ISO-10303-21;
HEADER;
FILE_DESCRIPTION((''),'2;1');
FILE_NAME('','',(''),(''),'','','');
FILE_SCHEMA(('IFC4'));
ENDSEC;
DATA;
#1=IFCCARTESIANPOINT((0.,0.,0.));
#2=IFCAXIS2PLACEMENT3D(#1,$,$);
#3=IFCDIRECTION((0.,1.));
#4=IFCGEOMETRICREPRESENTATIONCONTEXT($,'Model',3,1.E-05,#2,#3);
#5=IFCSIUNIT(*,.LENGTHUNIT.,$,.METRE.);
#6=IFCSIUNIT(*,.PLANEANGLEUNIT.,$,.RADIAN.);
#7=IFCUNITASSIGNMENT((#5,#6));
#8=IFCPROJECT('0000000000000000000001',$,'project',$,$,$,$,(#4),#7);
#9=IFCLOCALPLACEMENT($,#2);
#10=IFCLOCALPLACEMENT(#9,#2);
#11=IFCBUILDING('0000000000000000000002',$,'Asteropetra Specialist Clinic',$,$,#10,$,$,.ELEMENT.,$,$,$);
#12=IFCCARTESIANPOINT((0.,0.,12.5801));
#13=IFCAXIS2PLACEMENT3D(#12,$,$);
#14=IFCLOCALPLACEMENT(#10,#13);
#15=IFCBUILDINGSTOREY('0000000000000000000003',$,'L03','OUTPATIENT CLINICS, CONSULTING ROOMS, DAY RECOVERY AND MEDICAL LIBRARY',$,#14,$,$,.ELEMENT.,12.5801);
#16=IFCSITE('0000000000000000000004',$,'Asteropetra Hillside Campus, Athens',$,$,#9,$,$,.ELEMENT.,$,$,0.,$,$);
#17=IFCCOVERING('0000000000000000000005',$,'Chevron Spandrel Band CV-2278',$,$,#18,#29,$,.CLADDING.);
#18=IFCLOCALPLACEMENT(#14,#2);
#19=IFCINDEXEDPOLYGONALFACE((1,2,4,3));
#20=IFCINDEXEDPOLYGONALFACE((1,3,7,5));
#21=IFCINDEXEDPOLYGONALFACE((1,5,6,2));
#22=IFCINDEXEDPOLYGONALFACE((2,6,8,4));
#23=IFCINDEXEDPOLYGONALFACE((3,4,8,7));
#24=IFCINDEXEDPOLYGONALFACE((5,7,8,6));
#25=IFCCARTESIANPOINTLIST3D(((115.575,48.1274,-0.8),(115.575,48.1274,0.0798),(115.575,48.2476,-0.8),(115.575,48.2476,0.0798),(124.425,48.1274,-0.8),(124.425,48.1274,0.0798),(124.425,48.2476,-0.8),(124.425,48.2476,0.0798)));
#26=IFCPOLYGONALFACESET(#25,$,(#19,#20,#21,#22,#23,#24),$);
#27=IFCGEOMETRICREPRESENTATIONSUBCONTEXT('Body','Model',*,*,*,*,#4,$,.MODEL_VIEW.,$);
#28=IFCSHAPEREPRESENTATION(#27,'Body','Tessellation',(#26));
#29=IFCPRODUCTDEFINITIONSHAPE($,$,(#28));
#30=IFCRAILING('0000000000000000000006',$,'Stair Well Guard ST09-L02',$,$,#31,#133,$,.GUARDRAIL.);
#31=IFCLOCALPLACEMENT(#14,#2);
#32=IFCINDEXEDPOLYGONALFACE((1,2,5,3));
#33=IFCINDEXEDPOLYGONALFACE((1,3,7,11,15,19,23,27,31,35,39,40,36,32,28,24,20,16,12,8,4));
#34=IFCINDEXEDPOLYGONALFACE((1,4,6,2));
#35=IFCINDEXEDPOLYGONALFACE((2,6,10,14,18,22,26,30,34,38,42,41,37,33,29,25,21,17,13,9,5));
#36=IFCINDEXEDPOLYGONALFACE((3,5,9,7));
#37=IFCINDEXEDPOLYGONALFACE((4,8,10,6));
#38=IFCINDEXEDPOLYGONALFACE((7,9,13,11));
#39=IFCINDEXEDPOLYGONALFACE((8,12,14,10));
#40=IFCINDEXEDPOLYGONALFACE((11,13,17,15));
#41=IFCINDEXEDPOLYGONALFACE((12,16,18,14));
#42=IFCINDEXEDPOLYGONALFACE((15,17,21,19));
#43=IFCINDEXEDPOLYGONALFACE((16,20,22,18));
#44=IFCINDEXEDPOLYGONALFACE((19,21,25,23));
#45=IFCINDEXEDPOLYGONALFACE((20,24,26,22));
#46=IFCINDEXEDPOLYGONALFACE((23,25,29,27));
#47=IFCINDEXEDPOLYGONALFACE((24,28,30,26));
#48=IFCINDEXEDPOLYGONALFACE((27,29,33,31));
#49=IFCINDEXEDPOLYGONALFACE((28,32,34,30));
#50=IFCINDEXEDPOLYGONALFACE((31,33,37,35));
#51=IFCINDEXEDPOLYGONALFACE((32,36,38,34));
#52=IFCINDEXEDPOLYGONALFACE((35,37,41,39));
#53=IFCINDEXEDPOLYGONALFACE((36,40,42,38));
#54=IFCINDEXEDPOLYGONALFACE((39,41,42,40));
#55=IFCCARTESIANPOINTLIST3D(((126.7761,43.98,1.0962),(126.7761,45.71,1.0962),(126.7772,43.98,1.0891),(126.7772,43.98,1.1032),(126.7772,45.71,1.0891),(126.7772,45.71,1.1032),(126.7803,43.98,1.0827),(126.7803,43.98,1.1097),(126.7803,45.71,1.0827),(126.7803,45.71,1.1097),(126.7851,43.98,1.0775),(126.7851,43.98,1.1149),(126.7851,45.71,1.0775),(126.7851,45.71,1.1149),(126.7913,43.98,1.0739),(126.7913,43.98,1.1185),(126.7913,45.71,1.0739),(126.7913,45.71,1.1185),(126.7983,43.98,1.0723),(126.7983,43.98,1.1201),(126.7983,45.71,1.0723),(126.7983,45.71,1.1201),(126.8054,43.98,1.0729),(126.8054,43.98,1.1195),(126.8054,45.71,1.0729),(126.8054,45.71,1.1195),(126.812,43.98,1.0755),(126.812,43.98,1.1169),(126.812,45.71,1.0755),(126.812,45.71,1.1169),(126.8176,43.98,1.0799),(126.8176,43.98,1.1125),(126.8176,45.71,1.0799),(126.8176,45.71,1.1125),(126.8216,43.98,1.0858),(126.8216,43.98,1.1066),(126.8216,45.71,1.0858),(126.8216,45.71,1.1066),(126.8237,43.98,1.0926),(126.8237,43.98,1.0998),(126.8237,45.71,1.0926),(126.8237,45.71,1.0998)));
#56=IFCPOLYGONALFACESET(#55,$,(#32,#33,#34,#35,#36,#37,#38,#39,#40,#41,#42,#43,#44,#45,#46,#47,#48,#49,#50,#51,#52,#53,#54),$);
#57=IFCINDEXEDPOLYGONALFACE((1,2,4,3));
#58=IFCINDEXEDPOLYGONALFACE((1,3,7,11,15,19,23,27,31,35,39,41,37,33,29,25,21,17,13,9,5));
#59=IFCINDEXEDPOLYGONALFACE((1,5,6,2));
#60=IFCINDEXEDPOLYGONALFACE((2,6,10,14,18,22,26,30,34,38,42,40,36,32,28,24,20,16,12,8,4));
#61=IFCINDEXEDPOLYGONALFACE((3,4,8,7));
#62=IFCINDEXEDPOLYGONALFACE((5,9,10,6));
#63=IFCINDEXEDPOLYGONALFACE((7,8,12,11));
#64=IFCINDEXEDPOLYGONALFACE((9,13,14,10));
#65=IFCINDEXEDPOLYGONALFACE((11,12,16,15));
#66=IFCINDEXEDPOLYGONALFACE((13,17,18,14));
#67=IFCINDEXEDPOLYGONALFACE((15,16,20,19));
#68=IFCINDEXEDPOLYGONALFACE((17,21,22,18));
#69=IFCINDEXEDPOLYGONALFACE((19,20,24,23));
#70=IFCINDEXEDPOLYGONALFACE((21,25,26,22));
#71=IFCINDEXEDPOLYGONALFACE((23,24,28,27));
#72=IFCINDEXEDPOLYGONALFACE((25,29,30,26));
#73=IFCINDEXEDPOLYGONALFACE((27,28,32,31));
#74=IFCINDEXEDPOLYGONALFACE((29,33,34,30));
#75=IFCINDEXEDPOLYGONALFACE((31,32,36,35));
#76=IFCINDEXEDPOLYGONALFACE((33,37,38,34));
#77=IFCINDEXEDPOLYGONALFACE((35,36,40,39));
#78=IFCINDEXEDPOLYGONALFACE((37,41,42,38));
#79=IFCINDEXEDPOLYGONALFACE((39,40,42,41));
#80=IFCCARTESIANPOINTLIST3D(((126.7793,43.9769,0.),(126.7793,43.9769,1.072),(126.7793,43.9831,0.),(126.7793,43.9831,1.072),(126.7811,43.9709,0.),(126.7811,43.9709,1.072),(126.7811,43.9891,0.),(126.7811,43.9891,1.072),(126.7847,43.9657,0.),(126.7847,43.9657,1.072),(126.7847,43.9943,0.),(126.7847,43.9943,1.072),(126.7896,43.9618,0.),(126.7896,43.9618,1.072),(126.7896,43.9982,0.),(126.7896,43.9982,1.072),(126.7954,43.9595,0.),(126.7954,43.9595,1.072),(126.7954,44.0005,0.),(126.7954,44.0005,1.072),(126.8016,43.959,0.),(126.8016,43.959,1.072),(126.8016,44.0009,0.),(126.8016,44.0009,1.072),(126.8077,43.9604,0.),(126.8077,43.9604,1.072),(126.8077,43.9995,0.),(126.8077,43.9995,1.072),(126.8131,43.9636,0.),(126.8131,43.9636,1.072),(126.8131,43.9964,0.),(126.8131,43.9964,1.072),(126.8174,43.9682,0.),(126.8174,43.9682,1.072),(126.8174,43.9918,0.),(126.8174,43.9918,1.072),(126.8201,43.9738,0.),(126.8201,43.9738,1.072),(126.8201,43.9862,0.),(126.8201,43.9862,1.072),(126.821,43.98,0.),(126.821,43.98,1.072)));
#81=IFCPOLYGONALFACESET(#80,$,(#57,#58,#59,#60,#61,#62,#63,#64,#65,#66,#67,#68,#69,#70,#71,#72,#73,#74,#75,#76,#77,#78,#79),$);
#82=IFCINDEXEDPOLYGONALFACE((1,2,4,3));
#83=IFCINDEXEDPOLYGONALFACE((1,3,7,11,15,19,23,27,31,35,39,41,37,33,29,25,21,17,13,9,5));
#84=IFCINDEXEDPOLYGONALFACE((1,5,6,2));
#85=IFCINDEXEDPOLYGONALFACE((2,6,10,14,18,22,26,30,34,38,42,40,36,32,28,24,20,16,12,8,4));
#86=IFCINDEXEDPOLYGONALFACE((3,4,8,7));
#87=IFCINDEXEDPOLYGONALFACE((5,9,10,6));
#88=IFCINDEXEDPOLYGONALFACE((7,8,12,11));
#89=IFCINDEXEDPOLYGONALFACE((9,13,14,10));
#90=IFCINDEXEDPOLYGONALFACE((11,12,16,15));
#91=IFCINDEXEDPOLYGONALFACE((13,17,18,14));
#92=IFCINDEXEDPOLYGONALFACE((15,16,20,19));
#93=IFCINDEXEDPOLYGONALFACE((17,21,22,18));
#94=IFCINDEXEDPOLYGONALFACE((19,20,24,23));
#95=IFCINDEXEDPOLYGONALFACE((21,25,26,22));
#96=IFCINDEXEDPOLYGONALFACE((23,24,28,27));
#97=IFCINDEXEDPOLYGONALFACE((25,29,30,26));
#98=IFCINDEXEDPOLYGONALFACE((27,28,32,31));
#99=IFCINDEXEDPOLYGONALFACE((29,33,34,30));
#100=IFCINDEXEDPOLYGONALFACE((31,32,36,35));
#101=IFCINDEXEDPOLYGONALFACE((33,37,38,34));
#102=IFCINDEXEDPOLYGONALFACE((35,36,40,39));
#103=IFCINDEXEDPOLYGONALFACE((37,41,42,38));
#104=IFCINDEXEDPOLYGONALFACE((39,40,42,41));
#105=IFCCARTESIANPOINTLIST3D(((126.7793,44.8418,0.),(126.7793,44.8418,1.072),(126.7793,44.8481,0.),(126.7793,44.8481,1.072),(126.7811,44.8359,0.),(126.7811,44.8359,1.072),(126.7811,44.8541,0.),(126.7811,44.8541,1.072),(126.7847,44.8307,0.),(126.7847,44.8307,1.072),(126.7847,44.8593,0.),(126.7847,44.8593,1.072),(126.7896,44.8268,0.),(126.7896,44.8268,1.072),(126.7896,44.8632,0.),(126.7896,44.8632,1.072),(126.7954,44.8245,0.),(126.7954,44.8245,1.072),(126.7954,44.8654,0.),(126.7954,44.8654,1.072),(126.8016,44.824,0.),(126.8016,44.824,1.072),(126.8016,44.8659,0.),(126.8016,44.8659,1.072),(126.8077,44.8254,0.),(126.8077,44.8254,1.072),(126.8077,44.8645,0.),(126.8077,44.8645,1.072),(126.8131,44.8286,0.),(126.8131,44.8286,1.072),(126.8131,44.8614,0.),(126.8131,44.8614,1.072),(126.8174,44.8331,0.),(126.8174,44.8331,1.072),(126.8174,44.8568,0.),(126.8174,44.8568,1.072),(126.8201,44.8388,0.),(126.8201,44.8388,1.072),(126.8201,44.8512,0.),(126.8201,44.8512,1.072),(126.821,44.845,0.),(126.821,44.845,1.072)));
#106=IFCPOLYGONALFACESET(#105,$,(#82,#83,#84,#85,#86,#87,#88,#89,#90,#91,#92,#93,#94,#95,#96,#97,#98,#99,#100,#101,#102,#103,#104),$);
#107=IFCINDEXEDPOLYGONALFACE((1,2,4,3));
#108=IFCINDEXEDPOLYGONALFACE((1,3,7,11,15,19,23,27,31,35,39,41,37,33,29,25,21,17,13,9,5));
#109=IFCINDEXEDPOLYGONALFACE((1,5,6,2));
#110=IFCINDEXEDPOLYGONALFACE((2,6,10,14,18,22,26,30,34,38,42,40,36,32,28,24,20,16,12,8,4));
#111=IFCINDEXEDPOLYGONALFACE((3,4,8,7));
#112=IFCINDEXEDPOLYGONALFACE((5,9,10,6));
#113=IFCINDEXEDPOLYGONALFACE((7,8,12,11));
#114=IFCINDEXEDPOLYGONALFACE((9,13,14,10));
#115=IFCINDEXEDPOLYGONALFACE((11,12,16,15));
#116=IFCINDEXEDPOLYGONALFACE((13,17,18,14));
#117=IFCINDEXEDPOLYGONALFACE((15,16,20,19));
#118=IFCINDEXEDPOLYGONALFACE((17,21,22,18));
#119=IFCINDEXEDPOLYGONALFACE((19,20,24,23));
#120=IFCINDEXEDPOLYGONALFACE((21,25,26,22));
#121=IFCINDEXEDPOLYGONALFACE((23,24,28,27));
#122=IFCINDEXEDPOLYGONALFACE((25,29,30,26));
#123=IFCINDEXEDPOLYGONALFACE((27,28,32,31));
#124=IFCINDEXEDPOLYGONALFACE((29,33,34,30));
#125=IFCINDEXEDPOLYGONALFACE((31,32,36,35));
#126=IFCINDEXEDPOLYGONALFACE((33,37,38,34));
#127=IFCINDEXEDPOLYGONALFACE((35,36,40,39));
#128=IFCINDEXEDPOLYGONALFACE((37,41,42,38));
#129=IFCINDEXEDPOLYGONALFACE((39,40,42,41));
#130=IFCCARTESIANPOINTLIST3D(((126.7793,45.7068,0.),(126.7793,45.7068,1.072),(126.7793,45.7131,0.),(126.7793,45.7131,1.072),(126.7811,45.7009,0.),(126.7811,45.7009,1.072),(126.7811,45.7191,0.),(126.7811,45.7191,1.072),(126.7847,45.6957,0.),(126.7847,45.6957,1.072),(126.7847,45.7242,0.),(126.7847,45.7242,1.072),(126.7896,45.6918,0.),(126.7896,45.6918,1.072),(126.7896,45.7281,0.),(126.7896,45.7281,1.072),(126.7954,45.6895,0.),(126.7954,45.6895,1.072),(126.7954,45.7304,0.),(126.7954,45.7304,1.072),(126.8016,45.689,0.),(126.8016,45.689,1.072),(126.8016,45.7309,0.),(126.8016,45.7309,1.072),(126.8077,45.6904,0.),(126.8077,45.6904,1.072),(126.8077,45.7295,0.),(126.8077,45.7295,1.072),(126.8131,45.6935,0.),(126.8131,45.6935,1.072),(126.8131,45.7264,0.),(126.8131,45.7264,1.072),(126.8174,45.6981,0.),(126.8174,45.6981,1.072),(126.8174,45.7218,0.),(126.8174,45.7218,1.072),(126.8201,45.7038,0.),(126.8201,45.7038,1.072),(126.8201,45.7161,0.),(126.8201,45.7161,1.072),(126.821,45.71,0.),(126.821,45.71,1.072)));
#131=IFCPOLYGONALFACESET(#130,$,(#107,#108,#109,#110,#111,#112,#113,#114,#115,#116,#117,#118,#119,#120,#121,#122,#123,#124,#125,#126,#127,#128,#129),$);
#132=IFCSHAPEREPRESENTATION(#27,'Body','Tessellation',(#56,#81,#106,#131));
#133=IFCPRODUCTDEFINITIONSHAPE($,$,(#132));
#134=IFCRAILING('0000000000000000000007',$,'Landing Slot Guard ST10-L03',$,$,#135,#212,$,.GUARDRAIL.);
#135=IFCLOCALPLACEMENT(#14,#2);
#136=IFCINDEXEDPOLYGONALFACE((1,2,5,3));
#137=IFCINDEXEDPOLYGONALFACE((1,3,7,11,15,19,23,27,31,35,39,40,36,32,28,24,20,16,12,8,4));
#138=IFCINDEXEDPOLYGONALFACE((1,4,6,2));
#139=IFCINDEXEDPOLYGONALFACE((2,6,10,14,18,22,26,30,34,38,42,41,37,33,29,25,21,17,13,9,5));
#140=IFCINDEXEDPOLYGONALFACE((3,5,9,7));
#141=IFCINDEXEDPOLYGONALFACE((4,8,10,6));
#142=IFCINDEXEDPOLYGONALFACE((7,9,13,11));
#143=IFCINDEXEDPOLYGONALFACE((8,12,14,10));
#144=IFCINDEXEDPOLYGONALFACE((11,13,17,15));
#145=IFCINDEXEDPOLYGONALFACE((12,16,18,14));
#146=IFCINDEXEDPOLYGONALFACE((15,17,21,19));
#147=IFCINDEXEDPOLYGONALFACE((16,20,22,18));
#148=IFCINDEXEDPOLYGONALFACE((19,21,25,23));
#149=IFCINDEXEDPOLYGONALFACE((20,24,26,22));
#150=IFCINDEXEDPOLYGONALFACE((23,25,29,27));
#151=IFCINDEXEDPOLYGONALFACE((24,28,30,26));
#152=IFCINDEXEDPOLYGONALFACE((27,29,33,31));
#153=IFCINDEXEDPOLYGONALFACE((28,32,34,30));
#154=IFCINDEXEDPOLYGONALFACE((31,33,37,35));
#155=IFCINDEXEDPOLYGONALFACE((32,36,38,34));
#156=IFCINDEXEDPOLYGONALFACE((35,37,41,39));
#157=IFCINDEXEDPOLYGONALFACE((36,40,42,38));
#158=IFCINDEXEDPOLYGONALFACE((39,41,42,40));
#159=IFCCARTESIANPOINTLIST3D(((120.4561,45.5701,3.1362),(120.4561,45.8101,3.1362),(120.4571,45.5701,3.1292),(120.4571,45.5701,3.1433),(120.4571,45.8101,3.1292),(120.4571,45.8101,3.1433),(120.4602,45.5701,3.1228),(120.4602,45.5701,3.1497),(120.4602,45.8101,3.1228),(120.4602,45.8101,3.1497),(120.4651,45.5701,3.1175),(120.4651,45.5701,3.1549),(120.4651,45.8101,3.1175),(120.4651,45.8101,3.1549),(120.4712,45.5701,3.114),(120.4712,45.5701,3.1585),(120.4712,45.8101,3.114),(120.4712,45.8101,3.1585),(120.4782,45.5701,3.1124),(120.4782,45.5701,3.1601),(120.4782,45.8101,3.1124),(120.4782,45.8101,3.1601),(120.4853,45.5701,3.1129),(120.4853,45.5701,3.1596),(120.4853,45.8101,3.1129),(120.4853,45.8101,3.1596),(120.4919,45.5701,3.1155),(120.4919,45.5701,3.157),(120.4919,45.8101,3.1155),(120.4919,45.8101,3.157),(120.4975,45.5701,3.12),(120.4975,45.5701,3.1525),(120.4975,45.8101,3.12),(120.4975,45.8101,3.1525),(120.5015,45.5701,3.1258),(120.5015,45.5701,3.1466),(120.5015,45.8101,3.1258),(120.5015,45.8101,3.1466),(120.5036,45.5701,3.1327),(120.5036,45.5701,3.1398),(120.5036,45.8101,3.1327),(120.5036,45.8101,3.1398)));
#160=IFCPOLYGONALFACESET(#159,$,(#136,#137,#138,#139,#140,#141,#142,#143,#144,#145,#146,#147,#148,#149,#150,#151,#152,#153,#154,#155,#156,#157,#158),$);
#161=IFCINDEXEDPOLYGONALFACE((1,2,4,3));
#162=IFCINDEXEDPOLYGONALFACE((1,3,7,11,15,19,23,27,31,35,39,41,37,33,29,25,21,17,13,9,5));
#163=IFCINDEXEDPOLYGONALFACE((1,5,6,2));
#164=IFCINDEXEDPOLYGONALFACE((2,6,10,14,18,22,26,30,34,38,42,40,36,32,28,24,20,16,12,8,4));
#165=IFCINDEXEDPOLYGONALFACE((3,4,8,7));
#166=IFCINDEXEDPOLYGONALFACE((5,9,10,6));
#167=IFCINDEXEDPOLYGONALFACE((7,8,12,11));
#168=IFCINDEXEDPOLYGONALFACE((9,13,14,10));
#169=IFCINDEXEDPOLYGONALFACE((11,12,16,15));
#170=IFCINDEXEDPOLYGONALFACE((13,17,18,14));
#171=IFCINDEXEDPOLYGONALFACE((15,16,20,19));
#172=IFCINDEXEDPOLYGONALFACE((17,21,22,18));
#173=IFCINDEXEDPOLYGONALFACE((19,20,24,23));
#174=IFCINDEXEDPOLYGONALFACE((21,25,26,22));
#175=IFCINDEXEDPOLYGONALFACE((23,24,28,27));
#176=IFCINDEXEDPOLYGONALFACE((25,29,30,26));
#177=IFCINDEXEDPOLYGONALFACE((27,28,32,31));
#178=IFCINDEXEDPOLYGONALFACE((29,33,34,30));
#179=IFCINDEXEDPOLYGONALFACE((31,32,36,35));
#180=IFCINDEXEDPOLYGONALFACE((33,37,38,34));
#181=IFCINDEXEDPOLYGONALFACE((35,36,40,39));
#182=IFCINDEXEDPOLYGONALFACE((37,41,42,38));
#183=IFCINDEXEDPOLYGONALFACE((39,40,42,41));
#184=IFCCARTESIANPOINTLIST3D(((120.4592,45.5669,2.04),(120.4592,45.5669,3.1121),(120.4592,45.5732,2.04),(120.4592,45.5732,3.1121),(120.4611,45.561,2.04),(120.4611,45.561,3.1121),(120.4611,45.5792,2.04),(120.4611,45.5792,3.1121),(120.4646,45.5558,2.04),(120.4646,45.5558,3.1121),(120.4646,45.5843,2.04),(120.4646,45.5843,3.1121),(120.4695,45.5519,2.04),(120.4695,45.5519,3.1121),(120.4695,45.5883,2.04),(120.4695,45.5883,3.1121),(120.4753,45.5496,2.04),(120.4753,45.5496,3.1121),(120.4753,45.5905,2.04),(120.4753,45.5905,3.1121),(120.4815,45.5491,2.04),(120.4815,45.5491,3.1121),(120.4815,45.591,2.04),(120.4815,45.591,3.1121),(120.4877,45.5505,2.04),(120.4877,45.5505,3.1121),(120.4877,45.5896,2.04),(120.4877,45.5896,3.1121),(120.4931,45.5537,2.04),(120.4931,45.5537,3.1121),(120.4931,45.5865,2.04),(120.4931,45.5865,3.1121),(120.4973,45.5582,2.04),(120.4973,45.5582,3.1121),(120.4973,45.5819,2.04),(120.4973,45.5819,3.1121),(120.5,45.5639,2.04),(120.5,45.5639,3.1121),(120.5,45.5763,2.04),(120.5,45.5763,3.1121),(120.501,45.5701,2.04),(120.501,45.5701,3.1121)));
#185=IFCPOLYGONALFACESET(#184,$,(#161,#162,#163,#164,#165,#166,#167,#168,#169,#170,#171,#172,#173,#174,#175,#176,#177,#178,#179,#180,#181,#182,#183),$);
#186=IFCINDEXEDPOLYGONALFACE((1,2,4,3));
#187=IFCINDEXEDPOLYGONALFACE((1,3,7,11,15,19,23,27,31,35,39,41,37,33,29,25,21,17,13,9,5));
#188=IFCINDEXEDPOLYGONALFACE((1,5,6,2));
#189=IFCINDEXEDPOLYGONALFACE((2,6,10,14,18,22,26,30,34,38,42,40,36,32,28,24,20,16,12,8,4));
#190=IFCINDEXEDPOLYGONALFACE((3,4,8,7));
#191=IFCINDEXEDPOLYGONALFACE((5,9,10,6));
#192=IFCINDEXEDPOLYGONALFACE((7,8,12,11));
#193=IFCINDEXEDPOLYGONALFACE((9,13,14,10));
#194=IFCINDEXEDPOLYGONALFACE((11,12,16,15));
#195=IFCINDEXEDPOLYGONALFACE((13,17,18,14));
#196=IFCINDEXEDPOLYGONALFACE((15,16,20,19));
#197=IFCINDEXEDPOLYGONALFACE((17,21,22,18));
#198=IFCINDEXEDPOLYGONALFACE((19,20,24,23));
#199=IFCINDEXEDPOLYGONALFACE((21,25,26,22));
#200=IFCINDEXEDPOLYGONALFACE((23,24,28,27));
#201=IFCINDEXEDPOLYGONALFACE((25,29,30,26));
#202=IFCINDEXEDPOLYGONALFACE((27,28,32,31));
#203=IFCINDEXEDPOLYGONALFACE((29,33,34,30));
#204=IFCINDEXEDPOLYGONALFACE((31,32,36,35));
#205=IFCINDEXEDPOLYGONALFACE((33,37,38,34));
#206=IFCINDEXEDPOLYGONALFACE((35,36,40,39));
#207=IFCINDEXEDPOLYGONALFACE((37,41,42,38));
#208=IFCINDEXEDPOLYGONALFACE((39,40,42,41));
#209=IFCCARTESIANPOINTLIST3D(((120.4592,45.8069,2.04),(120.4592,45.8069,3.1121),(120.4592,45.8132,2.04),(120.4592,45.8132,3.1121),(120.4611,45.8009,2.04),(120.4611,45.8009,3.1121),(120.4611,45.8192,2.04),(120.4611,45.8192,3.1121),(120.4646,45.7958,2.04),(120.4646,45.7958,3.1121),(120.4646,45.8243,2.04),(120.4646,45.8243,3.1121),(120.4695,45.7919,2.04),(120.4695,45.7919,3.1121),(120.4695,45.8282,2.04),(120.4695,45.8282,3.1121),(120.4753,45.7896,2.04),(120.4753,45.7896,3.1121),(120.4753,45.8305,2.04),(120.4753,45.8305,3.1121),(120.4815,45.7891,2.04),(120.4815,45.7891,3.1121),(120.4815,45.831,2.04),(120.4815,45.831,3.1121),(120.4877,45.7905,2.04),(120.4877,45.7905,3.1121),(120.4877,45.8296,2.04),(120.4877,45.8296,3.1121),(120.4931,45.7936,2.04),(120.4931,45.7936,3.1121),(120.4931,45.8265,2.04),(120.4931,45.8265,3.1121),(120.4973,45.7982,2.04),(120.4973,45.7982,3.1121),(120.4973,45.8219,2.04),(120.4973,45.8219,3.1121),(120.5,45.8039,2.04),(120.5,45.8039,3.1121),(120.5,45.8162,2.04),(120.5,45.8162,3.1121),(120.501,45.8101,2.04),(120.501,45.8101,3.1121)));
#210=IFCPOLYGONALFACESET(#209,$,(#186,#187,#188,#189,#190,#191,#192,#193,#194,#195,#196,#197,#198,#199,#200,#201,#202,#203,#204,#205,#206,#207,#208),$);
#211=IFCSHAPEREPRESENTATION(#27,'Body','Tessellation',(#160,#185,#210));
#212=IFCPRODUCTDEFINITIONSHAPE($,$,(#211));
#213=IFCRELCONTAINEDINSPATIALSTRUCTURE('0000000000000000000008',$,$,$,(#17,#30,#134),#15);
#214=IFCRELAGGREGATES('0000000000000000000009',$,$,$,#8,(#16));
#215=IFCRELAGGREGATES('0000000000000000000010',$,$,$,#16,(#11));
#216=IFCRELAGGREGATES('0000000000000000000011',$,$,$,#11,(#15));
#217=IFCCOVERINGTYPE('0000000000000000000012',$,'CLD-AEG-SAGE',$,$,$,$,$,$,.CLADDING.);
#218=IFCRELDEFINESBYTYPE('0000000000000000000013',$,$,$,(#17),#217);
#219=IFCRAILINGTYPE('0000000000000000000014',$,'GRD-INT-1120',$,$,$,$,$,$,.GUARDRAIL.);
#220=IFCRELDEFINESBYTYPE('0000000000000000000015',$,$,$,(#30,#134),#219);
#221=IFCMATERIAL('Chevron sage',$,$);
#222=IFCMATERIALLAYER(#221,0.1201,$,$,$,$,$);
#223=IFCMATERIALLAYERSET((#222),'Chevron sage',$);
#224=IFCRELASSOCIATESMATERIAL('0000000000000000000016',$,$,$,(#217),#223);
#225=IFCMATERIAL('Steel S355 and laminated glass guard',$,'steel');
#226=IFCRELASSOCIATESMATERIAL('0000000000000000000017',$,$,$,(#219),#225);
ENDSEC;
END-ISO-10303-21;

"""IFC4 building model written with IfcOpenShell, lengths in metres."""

from ifc_helpers import new_model, si_unit, direction, frame, origin, origin_2d, place, context, subcontext, project, spatial, rectangle, circle, extrude, material, layer, layer_set, type_object, element, save


model = new_model("IFC4")

# Units and contexts
model_context = context("Model", 3, precision=1e-05, world=origin(), true_north=direction((0.0, 1.0)))
body_context = subcontext(model_context, "Body", "Model", "MODEL_VIEW")
ifc_project = project(units=[si_unit("LENGTHUNIT", "METRE"), si_unit("PLANEANGLEUNIT", "RADIAN")], contexts=[model_context])

# Site, building, storey
site_placement = place(None, origin())
site = spatial("IfcSite", under=ifc_project, at=site_placement, Name="Asteropetra Hillside Campus, Athens", CompositionType="ELEMENT", RefElevation=0.0)
building_placement = place(site_placement, origin())
building = spatial("IfcBuilding", under=site, at=building_placement, Name="Asteropetra Specialist Clinic", CompositionType="ELEMENT")
storey_placement = place(building_placement, frame((0.0, 0.0, 12.5801)))
storey = spatial("IfcBuildingStorey", under=building, at=storey_placement, Name="L03", Description="OUTPATIENT CLINICS, CONSULTING ROOMS, DAY RECOVERY AND MEDICAL LIBRARY", CompositionType="ELEMENT", Elevation=12.5801)

# Covering
ifc_material_1 = material(Name="Chevron sage")
ifc_layer_1 = layer(ifc_material_1, 0.1201)
ifc_layer_set_1 = layer_set([ifc_layer_1], Name="Chevron sage")
covering_type = type_object("IfcCoveringType", Name="CLD-AEG-SAGE", PredefinedType="CLADDING", material=ifc_layer_set_1)
covering_placement = place(storey_placement, frame((120.0, 48.1875, -0.8), z_axis=(0.0, 0.0, 1.0), x_axis=(1.0, 0.0, 0.0)))
element("IfcCovering", 1, at=covering_placement, inside=storey, type_object=covering_type, Name="Chevron Spandrel Band CV-2278", PredefinedType="CLADDING", context=body_context, shape_type="SweptSolid", body=[
    extrude(rectangle(XDim=8.8501, YDim=0.1201, at=origin_2d()), origin(), (0.0, 0.0, 1.0), 0.8799),
])

# Railings
ifc_material_2 = material(Name="Steel S355 and laminated glass guard", Category="steel")
railing_type_1 = type_object("IfcRailingType", Name="GRD-INT-1120", PredefinedType="GUARDRAIL", material=ifc_material_2)
railing_1_placement = place(storey_placement, frame((126.8, 43.98, 0.0)))
element("IfcRailing", 2, at=railing_1_placement, inside=storey, type_object=railing_type_1, Name="Stair Well Guard ST09-L02", PredefinedType="GUARDRAIL", context=body_context, shape_type="SweptSolid", body=[
    extrude(circle(Radius=0.0239, at=origin_2d()), frame((0.0, 0.0, 1.0962), z_axis=(0.0, 1.0, 0.0), x_axis=(-1.0, 0.0, 0.0)), (0.0, 0.0, 1.0), 1.73),
    extrude(circle(Radius=0.021, at=origin_2d()), origin(), (0.0, 0.0, 1.0), 1.072),
    extrude(circle(Radius=0.021, at=origin_2d()), frame((0.0, 0.865, 0.0)), (0.0, 0.0, 1.0), 1.072),
    extrude(circle(Radius=0.021, at=origin_2d()), frame((0.0, 1.73, 0.0)), (0.0, 0.0, 1.0), 1.072),
])
railing_2_placement = place(storey_placement, frame((120.48, 45.5701, 2.04)))
element("IfcRailing", 3, at=railing_2_placement, inside=storey, type_object=railing_type_1, Name="Landing Slot Guard ST10-L03", PredefinedType="GUARDRAIL", context=body_context, shape_type="SweptSolid", body=[
    extrude(circle(Radius=0.0239, at=origin_2d()), frame((0.0, 0.0, 1.0962), z_axis=(0.0, 1.0, 0.0), x_axis=(-1.0, 0.0, 0.0)), (0.0, 0.0, 1.0), 0.24),
    extrude(circle(Radius=0.021, at=origin_2d()), origin(), (0.0, 0.0, 1.0), 1.072),
    extrude(circle(Radius=0.021, at=origin_2d()), frame((0.0, 0.24, 0.0)), (0.0, 0.0, 1.0), 1.072),
])

save(model, "model.ifc")
